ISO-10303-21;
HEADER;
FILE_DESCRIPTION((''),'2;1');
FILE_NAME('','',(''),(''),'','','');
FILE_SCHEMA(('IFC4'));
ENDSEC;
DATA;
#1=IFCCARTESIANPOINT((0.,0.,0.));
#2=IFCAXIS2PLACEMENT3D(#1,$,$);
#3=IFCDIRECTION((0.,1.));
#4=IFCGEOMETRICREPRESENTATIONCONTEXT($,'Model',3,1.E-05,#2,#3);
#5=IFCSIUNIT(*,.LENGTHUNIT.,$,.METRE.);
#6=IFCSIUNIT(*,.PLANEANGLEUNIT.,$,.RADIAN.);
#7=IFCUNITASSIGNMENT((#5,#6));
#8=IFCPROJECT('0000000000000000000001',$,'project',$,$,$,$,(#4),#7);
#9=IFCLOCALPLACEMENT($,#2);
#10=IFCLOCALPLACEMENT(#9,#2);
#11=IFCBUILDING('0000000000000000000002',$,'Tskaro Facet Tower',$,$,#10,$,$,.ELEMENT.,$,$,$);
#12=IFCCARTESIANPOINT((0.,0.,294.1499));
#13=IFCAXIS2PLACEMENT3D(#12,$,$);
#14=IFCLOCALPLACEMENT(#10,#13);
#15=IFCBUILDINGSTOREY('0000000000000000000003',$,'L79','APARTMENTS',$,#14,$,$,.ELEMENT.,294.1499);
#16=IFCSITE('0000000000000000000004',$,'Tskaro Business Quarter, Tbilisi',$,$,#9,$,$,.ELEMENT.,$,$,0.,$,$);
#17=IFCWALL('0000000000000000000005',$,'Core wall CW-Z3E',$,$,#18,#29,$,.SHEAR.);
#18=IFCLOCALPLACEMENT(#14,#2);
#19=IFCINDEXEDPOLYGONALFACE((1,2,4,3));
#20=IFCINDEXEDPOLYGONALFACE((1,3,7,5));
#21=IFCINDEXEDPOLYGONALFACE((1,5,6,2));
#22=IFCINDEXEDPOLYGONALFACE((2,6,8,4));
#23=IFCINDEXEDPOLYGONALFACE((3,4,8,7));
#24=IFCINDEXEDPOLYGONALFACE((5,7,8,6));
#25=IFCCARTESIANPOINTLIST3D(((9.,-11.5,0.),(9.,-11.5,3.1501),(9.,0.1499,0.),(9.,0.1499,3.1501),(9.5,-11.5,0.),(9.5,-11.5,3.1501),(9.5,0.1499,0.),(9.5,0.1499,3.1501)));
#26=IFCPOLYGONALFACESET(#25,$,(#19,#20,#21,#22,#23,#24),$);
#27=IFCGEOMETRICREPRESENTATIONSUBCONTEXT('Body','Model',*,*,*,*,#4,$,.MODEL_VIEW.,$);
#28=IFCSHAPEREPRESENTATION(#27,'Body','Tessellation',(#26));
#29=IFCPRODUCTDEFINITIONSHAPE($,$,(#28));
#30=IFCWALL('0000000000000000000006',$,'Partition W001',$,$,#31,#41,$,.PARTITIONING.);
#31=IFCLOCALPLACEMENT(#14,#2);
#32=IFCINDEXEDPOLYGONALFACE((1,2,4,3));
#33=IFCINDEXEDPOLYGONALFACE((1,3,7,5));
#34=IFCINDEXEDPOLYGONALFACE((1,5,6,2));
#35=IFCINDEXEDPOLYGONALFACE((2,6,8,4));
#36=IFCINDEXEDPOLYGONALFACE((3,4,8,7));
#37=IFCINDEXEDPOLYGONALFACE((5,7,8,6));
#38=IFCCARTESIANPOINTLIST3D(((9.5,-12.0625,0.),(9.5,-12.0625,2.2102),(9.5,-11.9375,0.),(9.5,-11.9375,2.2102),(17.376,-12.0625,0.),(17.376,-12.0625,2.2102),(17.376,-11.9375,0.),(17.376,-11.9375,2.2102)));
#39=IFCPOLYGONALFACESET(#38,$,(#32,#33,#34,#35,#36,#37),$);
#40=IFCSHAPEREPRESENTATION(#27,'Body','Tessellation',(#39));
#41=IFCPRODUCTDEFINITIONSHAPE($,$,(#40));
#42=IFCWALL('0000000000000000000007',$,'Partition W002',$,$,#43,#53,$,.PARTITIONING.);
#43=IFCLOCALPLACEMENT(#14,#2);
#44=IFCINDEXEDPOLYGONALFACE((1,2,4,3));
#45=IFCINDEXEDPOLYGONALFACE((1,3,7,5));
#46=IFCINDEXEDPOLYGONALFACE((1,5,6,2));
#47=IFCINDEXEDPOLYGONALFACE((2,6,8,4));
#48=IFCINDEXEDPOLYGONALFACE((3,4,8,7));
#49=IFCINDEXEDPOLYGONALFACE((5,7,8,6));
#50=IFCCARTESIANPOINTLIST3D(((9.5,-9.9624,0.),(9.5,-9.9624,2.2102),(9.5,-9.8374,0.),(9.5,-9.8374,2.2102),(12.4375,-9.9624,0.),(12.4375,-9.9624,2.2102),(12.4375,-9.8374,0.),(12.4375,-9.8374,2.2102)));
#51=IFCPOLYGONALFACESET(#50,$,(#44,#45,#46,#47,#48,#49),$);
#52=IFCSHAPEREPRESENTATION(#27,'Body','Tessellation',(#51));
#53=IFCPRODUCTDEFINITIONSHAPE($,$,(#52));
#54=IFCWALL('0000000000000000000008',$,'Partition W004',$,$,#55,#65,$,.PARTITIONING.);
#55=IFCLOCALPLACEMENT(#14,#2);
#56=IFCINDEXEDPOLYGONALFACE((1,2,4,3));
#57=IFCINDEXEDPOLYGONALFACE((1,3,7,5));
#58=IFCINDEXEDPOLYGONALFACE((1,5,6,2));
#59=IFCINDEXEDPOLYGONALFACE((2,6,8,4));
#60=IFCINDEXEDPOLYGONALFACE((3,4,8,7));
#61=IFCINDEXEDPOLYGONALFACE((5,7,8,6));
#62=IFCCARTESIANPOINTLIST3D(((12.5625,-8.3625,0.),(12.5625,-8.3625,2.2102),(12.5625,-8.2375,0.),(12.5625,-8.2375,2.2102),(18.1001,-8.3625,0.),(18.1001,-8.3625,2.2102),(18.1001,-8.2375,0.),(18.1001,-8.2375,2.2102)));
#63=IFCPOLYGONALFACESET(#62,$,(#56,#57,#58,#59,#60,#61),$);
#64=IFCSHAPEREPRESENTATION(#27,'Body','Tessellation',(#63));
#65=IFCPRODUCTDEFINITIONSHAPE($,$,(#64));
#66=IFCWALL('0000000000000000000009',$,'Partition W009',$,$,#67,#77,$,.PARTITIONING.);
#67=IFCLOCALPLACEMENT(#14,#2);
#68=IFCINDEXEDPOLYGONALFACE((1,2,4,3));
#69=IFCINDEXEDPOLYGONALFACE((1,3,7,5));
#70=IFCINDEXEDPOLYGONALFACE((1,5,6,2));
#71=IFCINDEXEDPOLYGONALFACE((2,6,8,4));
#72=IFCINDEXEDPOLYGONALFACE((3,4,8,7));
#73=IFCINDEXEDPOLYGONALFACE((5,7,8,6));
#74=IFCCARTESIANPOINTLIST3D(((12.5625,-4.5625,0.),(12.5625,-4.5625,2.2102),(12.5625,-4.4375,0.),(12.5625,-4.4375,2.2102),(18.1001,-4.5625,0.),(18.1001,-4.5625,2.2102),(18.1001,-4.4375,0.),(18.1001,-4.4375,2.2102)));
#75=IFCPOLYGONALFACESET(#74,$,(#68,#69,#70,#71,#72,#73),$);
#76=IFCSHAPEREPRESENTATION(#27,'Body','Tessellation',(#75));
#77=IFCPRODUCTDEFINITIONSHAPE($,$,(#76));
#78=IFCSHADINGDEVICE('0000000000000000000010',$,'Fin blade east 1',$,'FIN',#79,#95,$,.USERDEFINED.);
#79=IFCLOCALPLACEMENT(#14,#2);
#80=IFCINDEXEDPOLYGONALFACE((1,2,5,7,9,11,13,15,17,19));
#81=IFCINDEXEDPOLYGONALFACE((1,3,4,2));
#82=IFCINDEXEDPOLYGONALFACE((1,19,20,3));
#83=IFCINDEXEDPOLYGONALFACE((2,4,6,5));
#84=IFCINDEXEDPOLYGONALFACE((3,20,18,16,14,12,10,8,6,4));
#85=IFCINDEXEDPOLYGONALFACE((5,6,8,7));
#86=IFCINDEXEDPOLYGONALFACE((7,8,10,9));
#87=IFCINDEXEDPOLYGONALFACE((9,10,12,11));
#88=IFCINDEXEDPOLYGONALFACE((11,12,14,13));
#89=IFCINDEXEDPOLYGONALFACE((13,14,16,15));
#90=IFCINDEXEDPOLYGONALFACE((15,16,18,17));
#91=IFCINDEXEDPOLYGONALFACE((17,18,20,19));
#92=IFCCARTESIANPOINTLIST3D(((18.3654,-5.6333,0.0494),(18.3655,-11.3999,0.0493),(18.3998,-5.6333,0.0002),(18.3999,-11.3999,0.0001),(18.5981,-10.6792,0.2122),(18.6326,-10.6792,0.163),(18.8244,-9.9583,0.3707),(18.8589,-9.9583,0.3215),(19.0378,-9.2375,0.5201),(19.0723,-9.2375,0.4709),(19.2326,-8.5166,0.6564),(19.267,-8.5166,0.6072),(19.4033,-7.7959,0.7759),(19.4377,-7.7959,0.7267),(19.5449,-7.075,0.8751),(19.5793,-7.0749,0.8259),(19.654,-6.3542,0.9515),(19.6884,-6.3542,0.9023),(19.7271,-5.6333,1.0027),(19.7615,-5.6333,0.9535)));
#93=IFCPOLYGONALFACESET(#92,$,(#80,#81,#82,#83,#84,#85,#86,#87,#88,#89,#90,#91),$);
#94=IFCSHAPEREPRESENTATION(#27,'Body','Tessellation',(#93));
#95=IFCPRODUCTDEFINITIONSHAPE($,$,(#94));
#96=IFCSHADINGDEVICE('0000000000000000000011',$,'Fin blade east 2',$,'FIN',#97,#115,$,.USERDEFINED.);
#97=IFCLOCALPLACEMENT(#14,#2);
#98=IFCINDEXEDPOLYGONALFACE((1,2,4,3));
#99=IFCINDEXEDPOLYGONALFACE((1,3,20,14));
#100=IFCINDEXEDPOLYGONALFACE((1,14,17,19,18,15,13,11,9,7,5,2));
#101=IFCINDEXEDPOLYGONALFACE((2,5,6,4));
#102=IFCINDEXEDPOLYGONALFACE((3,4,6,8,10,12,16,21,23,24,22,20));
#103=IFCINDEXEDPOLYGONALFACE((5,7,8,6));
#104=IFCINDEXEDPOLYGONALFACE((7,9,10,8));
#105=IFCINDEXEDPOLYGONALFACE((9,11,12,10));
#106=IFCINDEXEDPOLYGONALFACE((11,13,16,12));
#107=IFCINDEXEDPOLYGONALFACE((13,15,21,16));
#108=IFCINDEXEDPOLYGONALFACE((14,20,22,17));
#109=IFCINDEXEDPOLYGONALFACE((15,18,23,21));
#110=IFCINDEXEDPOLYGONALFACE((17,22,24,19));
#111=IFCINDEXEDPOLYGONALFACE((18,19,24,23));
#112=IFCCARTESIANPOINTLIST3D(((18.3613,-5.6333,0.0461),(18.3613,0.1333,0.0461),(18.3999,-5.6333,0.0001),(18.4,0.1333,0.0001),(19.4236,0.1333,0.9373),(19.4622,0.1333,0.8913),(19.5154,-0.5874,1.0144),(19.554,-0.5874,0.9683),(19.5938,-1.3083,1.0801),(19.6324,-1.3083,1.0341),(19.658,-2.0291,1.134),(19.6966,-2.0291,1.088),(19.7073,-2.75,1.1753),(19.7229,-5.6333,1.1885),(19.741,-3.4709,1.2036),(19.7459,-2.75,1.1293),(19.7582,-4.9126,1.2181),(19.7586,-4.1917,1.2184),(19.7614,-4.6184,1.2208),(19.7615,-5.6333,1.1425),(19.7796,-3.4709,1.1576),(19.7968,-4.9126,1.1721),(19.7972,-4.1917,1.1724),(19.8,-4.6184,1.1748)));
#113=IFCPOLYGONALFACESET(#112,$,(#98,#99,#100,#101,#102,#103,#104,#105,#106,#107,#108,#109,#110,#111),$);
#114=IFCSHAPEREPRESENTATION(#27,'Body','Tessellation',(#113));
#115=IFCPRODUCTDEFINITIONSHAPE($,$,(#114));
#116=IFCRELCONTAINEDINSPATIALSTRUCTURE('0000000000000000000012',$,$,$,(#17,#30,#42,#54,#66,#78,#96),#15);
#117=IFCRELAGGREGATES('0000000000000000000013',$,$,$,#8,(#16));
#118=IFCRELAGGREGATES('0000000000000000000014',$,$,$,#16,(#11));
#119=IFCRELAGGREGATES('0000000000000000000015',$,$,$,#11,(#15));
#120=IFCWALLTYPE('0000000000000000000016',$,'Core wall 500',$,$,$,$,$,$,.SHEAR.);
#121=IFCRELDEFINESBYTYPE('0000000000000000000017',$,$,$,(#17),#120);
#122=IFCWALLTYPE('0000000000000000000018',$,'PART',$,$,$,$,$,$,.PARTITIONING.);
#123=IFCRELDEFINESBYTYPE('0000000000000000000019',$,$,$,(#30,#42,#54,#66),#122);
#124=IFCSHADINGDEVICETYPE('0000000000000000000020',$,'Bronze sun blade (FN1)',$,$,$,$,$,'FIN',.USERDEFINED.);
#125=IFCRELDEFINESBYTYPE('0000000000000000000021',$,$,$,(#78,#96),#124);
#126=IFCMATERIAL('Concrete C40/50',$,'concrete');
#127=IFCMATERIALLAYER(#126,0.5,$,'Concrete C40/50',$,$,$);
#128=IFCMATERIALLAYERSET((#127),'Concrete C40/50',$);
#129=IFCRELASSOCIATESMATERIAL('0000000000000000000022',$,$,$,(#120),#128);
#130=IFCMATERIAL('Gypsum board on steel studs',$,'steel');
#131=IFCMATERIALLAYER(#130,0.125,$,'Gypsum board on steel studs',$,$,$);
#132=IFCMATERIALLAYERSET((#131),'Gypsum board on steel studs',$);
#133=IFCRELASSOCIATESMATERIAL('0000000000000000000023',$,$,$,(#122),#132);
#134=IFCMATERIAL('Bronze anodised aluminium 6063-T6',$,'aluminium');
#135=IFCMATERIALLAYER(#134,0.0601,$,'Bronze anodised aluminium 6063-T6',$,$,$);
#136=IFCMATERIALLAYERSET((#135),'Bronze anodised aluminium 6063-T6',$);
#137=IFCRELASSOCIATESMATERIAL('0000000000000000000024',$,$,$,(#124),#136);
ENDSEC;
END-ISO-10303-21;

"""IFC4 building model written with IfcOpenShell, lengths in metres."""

from ifc_helpers import new_model, si_unit, direction, frame, frame_2d, origin, place, context, subcontext, project, spatial, polyline, rectangle, outline, extrude, material, layer, layer_set, type_object, element, save


model = new_model("IFC4")

# Units and contexts
model_context = context("Model", 3, precision=1e-05, world=origin(), true_north=direction((0.0, 1.0)))
body_context = subcontext(model_context, "Body", "Model", "MODEL_VIEW")
ifc_project = project(units=[si_unit("LENGTHUNIT", "METRE"), si_unit("PLANEANGLEUNIT", "RADIAN")], contexts=[model_context])

# Site, building, storey
site_placement = place(None, origin())
site = spatial("IfcSite", under=ifc_project, at=site_placement, Name="Tskaro Business Quarter, Tbilisi", CompositionType="ELEMENT", RefElevation=0.0)
building_placement = place(site_placement, origin())
building = spatial("IfcBuilding", under=site, at=building_placement, Name="Tskaro Facet Tower", CompositionType="ELEMENT")
storey_placement = place(building_placement, frame((0.0, 0.0, 294.1499)))
storey = spatial("IfcBuildingStorey", under=building, at=storey_placement, Name="L79", Description="APARTMENTS", CompositionType="ELEMENT", Elevation=294.1499)

# Shared definitions
ifc_material_1 = material(Name="Bronze anodised aluminium 6063-T6", Category="aluminium")

# Walls
ifc_material_2 = material(Name="Concrete C40/50", Category="concrete")
ifc_layer_1 = layer(ifc_material_2, 0.5, Name="Concrete C40/50")
ifc_layer_set_1 = layer_set([ifc_layer_1], Name="Concrete C40/50")
wall_type_1 = type_object("IfcWallType", Name="Core wall 500", PredefinedType="SHEAR", material=ifc_layer_set_1)
wall_1_placement = place(storey_placement, frame((9.25, -11.5, 0.0), z_axis=(0.0, 0.0, 1.0), x_axis=(0.0, 1.0, 0.0)))
element("IfcWall", 1, at=wall_1_placement, inside=storey, type_object=wall_type_1, Name="Core wall CW-Z3E", PredefinedType="SHEAR", context=body_context, shape_type="SweptSolid", body=[
    extrude(rectangle(XDim=11.6499, YDim=0.5, at=frame_2d((5.825, 0.0))), origin(), (0.0, 0.0, 1.0), 3.1501),
])
ifc_material_3 = material(Name="Gypsum board on steel studs", Category="steel")
ifc_layer_2 = layer(ifc_material_3, 0.125, Name="Gypsum board on steel studs")
ifc_layer_set_2 = layer_set([ifc_layer_2], Name="Gypsum board on steel studs")
wall_type_2 = type_object("IfcWallType", Name="PART", PredefinedType="PARTITIONING", material=ifc_layer_set_2)
wall_2_placement = place(storey_placement, frame((9.5, -12.0, 0.0), z_axis=(0.0, 0.0, 1.0), x_axis=(1.0, 0.0, 0.0)))
element("IfcWall", 2, at=wall_2_placement, inside=storey, type_object=wall_type_2, Name="Partition W001", PredefinedType="PARTITIONING", context=body_context, shape_type="SweptSolid", body=[
    extrude(rectangle(XDim=7.876, YDim=0.125, at=frame_2d((3.938, 0.0))), origin(), (0.0, 0.0, 1.0), 2.2102),
])
wall_3_placement = place(storey_placement, frame((9.5, -9.8999, 0.0), z_axis=(0.0, 0.0, 1.0), x_axis=(1.0, 0.0, 0.0)))
element("IfcWall", 3, at=wall_3_placement, inside=storey, type_object=wall_type_2, Name="Partition W002", PredefinedType="PARTITIONING", context=body_context, shape_type="SweptSolid", body=[
    extrude(rectangle(XDim=2.9375, YDim=0.125, at=frame_2d((1.4688, 0.0))), origin(), (0.0, 0.0, 1.0), 2.2102),
])
for number, where, z_axis, x_axis, name in (
    (4, (12.5625, -8.3, 0.0), (0.0, 0.0, 1.0), (1.0, 0.0, 0.0), "Partition W004"),
    (5, (12.5625, -4.5, 0.0), (0.0, 0.0, 1.0), (1.0, 0.0, 0.0), "Partition W009"),
):
    element("IfcWall", number, at=place(storey_placement, frame(where, z_axis=z_axis, x_axis=x_axis)), inside=storey, type_object=wall_type_2, Name=name, PredefinedType="PARTITIONING", context=body_context, shape_type="SweptSolid", body=[
        extrude(rectangle(XDim=5.5376, YDim=0.125, at=frame_2d((2.7688, 0.0))), origin(), (0.0, 0.0, 1.0), 2.2102),
    ])

# Shading devices
ifc_layer_3 = layer(ifc_material_1, 0.0601, Name="Bronze anodised aluminium 6063-T6")
ifc_layer_set_3 = layer_set([ifc_layer_3], Name="Bronze anodised aluminium 6063-T6")
shading_device_type = type_object("IfcShadingDeviceType", Name="Bronze sun blade (FN1)", ElementType="FIN", PredefinedType="USERDEFINED", material=ifc_layer_set_3)
shading_device_1_placement = place(storey_placement, frame((18.3655, -11.3999, 0.0493), z_axis=(-0.573488, -0.000028, 0.819214), x_axis=(-0.000016, 1.0, 0.000023)))
element("IfcShadingDevice", 6, at=shading_device_1_placement, inside=storey, type_object=shading_device_type, Name="Fin blade east 1", ObjectType="FIN", PredefinedType="USERDEFINED", context=body_context, shape_type="SweptSolid", body=[
    extrude(outline(polyline([(0.0, 0.0), (5.7666, 0.0), (5.7666, -1.6622), (5.0457, -1.573), (4.325, -1.4397), (3.604, -1.2669), (2.8833, -1.0585), (2.1624, -0.8208), (1.4417, -0.5603), (0.7207, -0.284), (0.0, 0.0)])), origin(), (0.0, 0.0, -1.0), 0.0601),
])
shading_device_2_placement = place(storey_placement, frame((18.3613, -5.6333, 0.0461), z_axis=(-0.642726, 0.000006, 0.766096), x_axis=(0.000004, 1.0, -0.000004)))
element("IfcShadingDevice", 7, at=shading_device_2_placement, inside=storey, type_object=shading_device_type, Name="Fin blade east 2", ObjectType="FIN", PredefinedType="USERDEFINED", context=body_context, shape_type="SweptSolid", body=[
    extrude(outline(polyline([(0.0, 0.0), (5.7666, 0.0), (5.7666, -1.3865), (5.0459, -1.5064), (4.325, -1.6087), (3.6042, -1.6926), (2.8833, -1.7569), (2.1624, -1.8009), (1.4417, -1.8239), (1.0149, -1.8276), (0.7207, -1.8234), (0.0, -1.7773), (0.0, 0.0)])), origin(), (0.0, 0.0, -1.0), 0.0601),
])

save(model, "model.ifc")
